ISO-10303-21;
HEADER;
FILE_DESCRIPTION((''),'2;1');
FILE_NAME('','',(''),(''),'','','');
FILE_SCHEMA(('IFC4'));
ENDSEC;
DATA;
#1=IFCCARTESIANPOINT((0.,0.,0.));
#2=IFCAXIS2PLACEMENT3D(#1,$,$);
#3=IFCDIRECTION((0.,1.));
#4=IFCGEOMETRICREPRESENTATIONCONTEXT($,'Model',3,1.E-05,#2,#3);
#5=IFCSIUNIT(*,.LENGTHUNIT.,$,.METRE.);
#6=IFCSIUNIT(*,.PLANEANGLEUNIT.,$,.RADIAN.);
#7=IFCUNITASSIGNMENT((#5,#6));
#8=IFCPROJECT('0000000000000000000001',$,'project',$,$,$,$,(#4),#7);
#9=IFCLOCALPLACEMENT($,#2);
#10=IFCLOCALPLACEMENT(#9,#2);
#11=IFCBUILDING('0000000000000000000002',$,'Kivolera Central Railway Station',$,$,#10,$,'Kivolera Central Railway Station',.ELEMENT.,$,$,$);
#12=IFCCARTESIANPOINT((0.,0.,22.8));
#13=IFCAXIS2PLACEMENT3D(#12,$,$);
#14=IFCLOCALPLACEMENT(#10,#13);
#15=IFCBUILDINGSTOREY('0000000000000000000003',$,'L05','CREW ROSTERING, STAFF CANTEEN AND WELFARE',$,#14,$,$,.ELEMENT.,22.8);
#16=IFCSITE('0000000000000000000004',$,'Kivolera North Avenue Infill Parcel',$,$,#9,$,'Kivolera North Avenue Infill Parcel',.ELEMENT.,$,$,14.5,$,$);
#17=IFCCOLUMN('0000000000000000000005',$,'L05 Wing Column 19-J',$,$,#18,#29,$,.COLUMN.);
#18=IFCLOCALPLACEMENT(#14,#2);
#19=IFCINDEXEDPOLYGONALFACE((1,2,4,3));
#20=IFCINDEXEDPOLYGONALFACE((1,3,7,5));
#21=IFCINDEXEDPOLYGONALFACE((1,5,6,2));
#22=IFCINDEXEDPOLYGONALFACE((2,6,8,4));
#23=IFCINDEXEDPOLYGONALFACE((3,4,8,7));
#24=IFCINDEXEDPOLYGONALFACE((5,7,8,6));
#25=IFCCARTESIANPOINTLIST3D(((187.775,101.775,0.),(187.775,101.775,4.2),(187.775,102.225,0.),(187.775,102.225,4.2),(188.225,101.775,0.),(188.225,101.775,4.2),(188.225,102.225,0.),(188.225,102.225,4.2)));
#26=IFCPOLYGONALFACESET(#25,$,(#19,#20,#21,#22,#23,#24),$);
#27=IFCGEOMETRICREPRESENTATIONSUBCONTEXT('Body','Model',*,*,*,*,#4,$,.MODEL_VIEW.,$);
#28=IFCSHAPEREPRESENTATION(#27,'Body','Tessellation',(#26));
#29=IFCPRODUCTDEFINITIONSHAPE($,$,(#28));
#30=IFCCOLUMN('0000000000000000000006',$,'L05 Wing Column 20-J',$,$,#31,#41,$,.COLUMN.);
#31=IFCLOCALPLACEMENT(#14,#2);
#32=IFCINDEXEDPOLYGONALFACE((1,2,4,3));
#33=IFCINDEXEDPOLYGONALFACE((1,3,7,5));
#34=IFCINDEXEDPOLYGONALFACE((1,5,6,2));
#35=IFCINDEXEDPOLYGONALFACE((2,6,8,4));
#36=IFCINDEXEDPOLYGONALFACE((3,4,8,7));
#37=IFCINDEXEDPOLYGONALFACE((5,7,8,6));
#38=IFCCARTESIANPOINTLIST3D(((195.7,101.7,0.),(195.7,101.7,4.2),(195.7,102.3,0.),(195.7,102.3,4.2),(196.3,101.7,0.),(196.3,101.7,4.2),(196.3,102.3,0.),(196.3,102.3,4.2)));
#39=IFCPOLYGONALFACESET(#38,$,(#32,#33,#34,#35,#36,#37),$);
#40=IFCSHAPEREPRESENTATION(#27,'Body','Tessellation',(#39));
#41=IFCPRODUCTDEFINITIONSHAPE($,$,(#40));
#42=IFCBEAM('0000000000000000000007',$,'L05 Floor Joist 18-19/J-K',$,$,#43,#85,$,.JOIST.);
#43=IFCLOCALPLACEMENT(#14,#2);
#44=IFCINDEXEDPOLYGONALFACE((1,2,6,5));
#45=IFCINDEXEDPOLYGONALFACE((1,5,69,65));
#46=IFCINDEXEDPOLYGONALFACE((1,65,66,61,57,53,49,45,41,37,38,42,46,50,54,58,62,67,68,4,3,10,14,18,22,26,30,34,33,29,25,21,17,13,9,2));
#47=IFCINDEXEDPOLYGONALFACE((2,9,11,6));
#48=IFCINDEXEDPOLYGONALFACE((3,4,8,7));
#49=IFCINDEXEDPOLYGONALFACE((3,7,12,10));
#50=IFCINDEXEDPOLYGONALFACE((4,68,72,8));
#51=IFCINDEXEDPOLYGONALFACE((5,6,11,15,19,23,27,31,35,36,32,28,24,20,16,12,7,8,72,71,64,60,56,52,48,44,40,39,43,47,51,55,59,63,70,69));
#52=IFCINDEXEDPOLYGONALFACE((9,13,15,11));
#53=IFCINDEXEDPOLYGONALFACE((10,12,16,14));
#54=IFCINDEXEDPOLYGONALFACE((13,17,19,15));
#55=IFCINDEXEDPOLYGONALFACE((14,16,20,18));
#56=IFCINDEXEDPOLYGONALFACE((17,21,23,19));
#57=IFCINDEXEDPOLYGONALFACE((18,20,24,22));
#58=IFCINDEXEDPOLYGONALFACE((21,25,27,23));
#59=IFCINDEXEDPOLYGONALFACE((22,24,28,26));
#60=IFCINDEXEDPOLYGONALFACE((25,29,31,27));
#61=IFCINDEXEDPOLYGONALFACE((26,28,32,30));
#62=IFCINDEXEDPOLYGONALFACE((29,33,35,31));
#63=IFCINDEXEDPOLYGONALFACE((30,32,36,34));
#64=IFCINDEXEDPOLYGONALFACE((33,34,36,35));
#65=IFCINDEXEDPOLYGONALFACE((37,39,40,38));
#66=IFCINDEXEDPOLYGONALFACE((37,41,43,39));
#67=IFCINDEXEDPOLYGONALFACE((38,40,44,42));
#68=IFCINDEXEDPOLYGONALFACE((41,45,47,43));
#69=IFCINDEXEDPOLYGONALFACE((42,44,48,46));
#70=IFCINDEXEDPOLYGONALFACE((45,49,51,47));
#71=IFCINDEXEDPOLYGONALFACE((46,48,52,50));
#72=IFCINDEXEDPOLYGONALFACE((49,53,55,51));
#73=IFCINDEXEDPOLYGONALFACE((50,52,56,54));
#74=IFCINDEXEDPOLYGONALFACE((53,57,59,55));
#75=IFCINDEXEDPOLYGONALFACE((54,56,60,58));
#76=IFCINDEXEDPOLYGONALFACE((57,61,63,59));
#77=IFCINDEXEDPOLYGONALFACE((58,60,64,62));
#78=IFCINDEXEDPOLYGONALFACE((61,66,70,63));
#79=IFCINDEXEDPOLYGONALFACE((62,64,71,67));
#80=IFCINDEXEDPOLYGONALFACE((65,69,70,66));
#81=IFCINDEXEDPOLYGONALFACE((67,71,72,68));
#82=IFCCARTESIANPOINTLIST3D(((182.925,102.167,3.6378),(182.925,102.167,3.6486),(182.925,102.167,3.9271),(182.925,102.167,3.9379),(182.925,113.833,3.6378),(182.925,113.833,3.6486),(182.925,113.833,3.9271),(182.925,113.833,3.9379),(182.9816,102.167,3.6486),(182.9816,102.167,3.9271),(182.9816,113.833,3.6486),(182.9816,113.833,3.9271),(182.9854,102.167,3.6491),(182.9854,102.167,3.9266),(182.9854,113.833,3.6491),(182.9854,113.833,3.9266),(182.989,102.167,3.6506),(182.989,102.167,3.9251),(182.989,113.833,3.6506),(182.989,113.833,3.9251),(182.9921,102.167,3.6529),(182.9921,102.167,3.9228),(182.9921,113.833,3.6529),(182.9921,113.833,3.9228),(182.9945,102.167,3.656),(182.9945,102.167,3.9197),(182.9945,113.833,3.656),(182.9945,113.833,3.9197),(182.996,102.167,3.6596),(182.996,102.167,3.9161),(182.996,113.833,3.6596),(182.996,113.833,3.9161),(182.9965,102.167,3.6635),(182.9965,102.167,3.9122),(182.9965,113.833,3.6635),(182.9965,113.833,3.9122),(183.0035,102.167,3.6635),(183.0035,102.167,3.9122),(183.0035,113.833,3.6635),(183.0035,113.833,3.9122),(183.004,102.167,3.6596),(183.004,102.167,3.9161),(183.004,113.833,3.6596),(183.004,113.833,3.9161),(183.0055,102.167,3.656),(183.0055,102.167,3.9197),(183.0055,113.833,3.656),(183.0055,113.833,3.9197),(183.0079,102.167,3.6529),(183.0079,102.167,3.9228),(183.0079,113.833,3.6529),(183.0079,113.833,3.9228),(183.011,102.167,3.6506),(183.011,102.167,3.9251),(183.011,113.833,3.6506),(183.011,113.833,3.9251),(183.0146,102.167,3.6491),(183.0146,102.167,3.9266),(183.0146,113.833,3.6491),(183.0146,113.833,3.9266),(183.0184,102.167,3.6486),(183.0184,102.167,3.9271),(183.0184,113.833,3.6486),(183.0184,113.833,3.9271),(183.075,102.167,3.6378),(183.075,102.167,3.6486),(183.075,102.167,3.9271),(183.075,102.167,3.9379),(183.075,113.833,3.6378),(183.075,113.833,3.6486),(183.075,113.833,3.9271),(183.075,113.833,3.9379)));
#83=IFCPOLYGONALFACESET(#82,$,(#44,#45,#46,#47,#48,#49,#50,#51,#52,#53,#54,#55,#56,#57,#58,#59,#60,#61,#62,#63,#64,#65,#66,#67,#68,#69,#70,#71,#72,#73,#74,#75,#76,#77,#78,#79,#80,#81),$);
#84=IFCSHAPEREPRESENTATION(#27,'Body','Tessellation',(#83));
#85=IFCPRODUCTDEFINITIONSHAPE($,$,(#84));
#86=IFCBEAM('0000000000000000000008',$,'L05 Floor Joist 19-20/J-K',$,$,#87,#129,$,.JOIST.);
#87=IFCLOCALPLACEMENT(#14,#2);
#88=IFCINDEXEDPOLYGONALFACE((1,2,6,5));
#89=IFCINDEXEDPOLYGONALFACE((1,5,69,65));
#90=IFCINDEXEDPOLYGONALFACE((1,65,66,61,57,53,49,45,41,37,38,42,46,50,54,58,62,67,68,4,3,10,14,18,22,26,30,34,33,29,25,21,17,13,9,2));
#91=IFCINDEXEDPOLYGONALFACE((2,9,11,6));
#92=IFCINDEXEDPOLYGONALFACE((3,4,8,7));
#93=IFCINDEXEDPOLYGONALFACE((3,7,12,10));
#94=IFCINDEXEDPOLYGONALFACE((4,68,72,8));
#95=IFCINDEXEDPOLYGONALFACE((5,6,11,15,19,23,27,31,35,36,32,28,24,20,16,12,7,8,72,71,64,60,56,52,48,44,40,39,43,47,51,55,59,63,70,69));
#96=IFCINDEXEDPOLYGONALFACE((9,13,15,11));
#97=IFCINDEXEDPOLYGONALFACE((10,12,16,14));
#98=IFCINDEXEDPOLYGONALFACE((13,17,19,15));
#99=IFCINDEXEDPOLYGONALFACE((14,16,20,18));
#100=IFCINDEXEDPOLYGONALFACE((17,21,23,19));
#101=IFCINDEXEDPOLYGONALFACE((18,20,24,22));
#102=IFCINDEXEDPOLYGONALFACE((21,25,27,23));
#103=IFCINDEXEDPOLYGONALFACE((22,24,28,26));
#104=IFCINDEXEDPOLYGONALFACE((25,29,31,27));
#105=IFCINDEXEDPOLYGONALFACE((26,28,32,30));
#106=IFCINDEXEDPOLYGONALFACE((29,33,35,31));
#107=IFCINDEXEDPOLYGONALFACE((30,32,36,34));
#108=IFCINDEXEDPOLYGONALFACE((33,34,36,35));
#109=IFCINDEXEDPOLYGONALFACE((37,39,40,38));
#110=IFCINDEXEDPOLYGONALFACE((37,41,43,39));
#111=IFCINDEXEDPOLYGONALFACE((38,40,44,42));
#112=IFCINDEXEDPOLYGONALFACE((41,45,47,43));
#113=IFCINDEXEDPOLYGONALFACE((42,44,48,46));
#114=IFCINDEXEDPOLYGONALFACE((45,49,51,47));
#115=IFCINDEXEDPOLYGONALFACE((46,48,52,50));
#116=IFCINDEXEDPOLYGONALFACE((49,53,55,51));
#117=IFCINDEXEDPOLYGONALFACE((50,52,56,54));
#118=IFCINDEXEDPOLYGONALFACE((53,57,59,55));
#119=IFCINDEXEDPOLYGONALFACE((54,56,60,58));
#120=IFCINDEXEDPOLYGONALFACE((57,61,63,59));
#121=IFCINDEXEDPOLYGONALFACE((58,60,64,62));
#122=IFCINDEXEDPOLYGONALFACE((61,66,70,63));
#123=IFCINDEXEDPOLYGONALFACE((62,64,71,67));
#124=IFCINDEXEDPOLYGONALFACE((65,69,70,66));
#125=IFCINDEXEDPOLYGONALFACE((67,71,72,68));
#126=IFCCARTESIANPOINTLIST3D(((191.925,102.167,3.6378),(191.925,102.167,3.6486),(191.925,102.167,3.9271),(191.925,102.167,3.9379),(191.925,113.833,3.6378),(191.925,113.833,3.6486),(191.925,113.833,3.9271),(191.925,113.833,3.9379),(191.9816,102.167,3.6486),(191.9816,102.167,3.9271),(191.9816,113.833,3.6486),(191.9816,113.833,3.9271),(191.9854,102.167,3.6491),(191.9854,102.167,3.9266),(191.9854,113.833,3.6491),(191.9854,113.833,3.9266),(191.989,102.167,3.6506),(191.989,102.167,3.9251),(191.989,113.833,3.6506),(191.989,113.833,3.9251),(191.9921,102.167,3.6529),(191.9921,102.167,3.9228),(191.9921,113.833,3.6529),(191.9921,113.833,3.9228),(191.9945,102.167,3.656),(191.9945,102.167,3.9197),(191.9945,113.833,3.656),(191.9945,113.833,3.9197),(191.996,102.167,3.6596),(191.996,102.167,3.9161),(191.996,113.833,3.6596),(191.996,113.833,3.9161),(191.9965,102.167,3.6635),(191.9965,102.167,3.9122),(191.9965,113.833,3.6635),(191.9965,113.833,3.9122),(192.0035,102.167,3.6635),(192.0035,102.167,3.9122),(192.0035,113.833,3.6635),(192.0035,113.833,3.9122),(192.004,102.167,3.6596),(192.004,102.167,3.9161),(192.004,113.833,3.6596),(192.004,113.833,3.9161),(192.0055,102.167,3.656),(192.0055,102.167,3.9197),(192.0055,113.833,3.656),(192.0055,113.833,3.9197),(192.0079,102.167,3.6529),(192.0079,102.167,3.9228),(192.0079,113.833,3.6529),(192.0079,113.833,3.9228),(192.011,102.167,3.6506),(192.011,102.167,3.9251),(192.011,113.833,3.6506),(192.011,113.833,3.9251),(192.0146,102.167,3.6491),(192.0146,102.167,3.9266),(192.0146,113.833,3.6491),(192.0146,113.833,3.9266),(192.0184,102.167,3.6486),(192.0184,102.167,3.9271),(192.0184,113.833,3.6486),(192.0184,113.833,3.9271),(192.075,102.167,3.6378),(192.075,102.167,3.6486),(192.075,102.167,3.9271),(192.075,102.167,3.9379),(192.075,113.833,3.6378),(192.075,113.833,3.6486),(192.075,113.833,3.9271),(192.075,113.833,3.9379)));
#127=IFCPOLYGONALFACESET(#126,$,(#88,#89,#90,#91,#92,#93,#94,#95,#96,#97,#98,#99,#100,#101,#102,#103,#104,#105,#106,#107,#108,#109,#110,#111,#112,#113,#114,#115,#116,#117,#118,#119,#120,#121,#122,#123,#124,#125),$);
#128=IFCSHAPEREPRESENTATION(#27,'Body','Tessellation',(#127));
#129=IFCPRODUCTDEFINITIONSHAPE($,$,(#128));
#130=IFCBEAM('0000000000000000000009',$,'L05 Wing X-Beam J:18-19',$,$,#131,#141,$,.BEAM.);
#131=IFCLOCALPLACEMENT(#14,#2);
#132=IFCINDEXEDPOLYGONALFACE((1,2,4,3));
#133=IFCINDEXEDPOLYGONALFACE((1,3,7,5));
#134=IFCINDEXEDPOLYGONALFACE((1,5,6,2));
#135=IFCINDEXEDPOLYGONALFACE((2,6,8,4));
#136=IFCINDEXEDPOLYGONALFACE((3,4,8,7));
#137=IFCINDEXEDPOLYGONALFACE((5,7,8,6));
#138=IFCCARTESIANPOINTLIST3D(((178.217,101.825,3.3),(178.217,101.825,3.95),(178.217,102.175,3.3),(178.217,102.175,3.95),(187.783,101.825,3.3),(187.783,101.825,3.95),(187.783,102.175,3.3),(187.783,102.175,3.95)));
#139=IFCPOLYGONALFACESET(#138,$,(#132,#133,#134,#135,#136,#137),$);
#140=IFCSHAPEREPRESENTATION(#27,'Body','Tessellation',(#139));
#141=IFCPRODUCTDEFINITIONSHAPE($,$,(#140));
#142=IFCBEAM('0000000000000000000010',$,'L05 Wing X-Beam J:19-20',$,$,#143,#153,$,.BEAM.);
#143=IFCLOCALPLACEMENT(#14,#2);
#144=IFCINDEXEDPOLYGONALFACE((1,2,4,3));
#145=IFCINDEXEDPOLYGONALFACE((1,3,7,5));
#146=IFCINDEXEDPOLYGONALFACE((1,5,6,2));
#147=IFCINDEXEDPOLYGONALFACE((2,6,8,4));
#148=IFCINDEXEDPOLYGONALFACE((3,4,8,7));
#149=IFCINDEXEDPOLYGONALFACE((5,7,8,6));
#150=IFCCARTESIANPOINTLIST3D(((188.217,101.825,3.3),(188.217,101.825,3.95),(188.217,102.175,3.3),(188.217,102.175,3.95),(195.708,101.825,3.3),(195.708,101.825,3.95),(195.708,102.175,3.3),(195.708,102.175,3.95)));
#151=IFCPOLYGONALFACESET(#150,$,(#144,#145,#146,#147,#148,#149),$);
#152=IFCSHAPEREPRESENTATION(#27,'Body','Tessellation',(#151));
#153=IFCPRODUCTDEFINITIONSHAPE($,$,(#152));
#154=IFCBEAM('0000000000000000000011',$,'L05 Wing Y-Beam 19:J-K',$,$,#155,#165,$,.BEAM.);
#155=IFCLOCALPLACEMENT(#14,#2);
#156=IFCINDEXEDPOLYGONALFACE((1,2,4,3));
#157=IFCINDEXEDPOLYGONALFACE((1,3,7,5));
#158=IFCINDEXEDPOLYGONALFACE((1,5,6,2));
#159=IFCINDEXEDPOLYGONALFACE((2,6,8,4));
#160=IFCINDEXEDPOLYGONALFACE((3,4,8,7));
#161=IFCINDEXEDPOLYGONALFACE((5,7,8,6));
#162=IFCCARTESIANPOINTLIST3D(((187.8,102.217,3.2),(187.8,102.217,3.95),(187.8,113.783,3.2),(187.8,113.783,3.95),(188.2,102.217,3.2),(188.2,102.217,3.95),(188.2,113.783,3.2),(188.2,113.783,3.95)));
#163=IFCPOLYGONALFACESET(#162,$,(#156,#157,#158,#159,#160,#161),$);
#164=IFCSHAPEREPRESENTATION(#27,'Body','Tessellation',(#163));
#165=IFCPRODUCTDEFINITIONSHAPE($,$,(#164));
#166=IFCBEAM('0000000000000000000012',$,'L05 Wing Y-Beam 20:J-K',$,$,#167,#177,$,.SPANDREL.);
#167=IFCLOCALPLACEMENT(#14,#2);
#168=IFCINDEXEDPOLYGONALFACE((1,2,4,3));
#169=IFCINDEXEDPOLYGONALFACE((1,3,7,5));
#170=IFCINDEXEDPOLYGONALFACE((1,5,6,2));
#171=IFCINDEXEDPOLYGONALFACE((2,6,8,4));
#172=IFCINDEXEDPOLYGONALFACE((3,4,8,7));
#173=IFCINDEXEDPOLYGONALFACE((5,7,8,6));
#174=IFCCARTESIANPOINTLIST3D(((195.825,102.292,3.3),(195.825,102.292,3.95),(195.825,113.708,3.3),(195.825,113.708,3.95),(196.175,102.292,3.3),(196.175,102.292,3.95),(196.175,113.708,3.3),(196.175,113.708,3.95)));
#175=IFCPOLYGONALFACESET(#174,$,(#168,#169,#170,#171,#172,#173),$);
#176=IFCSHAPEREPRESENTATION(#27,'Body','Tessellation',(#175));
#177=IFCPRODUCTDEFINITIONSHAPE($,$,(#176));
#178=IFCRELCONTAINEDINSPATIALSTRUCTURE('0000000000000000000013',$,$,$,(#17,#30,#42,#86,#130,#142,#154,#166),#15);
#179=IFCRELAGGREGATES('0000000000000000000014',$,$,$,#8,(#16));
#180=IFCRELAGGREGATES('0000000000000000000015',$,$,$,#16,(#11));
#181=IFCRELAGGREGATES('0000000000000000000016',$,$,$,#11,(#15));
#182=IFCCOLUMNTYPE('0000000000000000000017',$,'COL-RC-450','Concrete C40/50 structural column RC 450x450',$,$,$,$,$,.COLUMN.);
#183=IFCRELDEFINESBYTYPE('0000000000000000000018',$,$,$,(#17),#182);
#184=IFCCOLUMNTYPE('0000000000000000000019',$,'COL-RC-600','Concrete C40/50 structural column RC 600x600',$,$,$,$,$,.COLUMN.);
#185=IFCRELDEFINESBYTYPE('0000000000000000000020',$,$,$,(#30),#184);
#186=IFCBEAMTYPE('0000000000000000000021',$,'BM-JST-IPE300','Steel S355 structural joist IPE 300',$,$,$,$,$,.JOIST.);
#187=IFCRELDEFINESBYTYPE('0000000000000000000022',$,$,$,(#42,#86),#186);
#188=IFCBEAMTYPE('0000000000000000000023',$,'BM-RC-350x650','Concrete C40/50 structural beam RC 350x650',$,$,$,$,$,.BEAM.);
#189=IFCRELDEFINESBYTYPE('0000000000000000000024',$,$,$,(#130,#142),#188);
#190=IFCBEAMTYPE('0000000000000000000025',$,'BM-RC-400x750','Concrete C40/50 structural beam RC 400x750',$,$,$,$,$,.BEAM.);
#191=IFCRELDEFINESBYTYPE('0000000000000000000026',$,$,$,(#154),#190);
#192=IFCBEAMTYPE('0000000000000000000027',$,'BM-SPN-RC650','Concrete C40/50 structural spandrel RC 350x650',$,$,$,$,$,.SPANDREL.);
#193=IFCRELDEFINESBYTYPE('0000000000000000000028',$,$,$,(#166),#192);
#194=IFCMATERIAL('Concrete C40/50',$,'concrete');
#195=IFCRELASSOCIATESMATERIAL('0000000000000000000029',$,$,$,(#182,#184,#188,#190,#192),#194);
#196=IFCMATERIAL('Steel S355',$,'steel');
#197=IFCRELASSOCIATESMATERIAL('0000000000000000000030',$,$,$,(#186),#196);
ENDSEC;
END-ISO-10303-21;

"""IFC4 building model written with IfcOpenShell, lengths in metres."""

from ifc_helpers import new_model, si_unit, direction, frame, origin, origin_2d, place, context, subcontext, project, spatial, rectangle, i_section, extrude, material, material_profile, profile_set, type_object, element, save


model = new_model("IFC4")

# Units and contexts
model_context = context("Model", 3, precision=1e-05, world=origin(), true_north=direction((0.0, 1.0)))
body_context = subcontext(model_context, "Body", "Model", "MODEL_VIEW")
ifc_project = project(units=[si_unit("LENGTHUNIT", "METRE"), si_unit("PLANEANGLEUNIT", "RADIAN")], contexts=[model_context])

# Site, building, storey
site_placement = place(None, origin())
site = spatial("IfcSite", under=ifc_project, at=site_placement, Name="Kivolera North Avenue Infill Parcel", LongName="Kivolera North Avenue Infill Parcel", CompositionType="ELEMENT", RefElevation=14.5)
building_placement = place(site_placement, origin())
building = spatial("IfcBuilding", under=site, at=building_placement, Name="Kivolera Central Railway Station", LongName="Kivolera Central Railway Station", CompositionType="ELEMENT")
storey_placement = place(building_placement, frame((0.0, 0.0, 22.8)))
storey = spatial("IfcBuildingStorey", under=building, at=storey_placement, Name="L05", Description="CREW ROSTERING, STAFF CANTEEN AND WELFARE", CompositionType="ELEMENT", Elevation=22.8)

# Columns
ifc_material_1 = material(Name="Concrete C40/50", Category="concrete")
ifc_material_profile_1 = material_profile(ifc_material_1, rectangle(XDim=0.45, YDim=0.45, at=origin_2d()), Name="RC 450x450")
ifc_profile_set_1 = profile_set([ifc_material_profile_1], Name="Concrete C40/50")
column_type_1 = type_object("IfcColumnType", Name="COL-RC-450", Description="Concrete C40/50 structural column RC 450x450", PredefinedType="COLUMN", material=ifc_profile_set_1)
column_1_placement = place(storey_placement, frame((188.0, 102.0, 0.0), z_axis=(0.0, 0.0, 1.0), x_axis=(1.0, 0.0, 0.0)))
element("IfcColumn", 1, at=column_1_placement, inside=storey, type_object=column_type_1, Name="L05 Wing Column 19-J", PredefinedType="COLUMN", context=body_context, shape_type="SweptSolid", body=[
    extrude(rectangle(XDim=0.45, YDim=0.45, at=origin_2d()), origin(), (0.0, 0.0, 1.0), 4.2),
])
ifc_material_profile_2 = material_profile(ifc_material_1, rectangle(XDim=0.6001, YDim=0.6001, at=origin_2d()), Name="RC 600x600")
ifc_profile_set_2 = profile_set([ifc_material_profile_2], Name="Concrete C40/50")
column_type_2 = type_object("IfcColumnType", Name="COL-RC-600", Description="Concrete C40/50 structural column RC 600x600", PredefinedType="COLUMN", material=ifc_profile_set_2)
column_2_placement = place(storey_placement, frame((196.0, 102.0, 0.0), z_axis=(0.0, 0.0, 1.0), x_axis=(1.0, 0.0, 0.0)))
element("IfcColumn", 2, at=column_2_placement, inside=storey, type_object=column_type_2, Name="L05 Wing Column 20-J", PredefinedType="COLUMN", context=body_context, shape_type="SweptSolid", body=[
    extrude(rectangle(XDim=0.6001, YDim=0.6001, at=origin_2d()), origin(), (0.0, 0.0, 1.0), 4.2),
])

# Beams
ifc_material_2 = material(Name="Steel S355", Category="steel")
ifc_material_profile_3 = material_profile(ifc_material_2, i_section(OverallWidth=0.1499, OverallDepth=0.3, WebThickness=0.0071, FlangeThickness=0.0107, FilletRadius=0.0149, at=origin_2d()), Name="IPE 300")
ifc_profile_set_3 = profile_set([ifc_material_profile_3], Name="Steel S355")
beam_type_1 = type_object("IfcBeamType", Name="BM-JST-IPE300", Description="Steel S355 structural joist IPE 300", PredefinedType="JOIST", material=ifc_profile_set_3)
for number, where, z_axis, x_axis, name in (
    (3, (183.0, 102.167, 3.7878), (0.0, 1.0, 0.0), (-1.0, 0.0, 0.0), "L05 Floor Joist 18-19/J-K"),
    (4, (192.0, 102.167, 3.7878), (0.0, 1.0, 0.0), (-1.0, 0.0, 0.0), "L05 Floor Joist 19-20/J-K"),
):
    element("IfcBeam", number, at=place(storey_placement, frame(where, z_axis=z_axis, x_axis=x_axis)), inside=storey, type_object=beam_type_1, Name=name, PredefinedType="JOIST", context=body_context, shape_type="SweptSolid", body=[
        extrude(i_section(OverallWidth=0.1499, OverallDepth=0.3, WebThickness=0.0071, FlangeThickness=0.0107, FilletRadius=0.0149, at=origin_2d()), origin(), (0.0, 0.0, 1.0), 11.666),
    ])
ifc_material_profile_4 = material_profile(ifc_material_1, rectangle(XDim=0.3501, YDim=0.6499, at=origin_2d()), Name="RC 350x650")
ifc_profile_set_4 = profile_set([ifc_material_profile_4], Name="Concrete C40/50")
beam_type_2 = type_object("IfcBeamType", Name="BM-RC-350x650", Description="Concrete C40/50 structural beam RC 350x650", PredefinedType="BEAM", material=ifc_profile_set_4)
beam_1_placement = place(storey_placement, frame((178.217, 102.0, 3.625), z_axis=(1.0, 0.0, 0.0), x_axis=(0.0, 1.0, 0.0)))
element("IfcBeam", 5, at=beam_1_placement, inside=storey, type_object=beam_type_2, Name="L05 Wing X-Beam J:18-19", PredefinedType="BEAM", context=body_context, shape_type="SweptSolid", body=[
    extrude(rectangle(XDim=0.3501, YDim=0.6499, at=origin_2d()), origin(), (0.0, 0.0, 1.0), 9.5659),
])
beam_2_placement = place(storey_placement, frame((188.217, 102.0, 3.625), z_axis=(1.0, 0.0, 0.0), x_axis=(0.0, 1.0, 0.0)))
element("IfcBeam", 6, at=beam_2_placement, inside=storey, type_object=beam_type_2, Name="L05 Wing X-Beam J:19-20", PredefinedType="BEAM", context=body_context, shape_type="SweptSolid", body=[
    extrude(rectangle(XDim=0.3501, YDim=0.6499, at=origin_2d()), origin(), (0.0, 0.0, 1.0), 7.491),
])
ifc_material_profile_5 = material_profile(ifc_material_1, rectangle(XDim=0.3999, YDim=0.75, at=origin_2d()), Name="RC 400x750")
ifc_profile_set_5 = profile_set([ifc_material_profile_5], Name="Concrete C40/50")
beam_type_3 = type_object("IfcBeamType", Name="BM-RC-400x750", Description="Concrete C40/50 structural beam RC 400x750", PredefinedType="BEAM", material=ifc_profile_set_5)
beam_3_placement = place(storey_placement, frame((188.0, 102.217, 3.575), z_axis=(0.0, 1.0, 0.0), x_axis=(-1.0, 0.0, 0.0)))
element("IfcBeam", 7, at=beam_3_placement, inside=storey, type_object=beam_type_3, Name="L05 Wing Y-Beam 19:J-K", PredefinedType="BEAM", context=body_context, shape_type="SweptSolid", body=[
    extrude(rectangle(XDim=0.3999, YDim=0.75, at=origin_2d()), origin(), (0.0, 0.0, 1.0), 11.5659),
])
ifc_material_profile_6 = material_profile(ifc_material_1, rectangle(XDim=0.3501, YDim=0.6499, at=origin_2d()), Name="RC 350x650")
ifc_profile_set_6 = profile_set([ifc_material_profile_6], Name="Concrete C40/50")
beam_type_4 = type_object("IfcBeamType", Name="BM-SPN-RC650", Description="Concrete C40/50 structural spandrel RC 350x650", PredefinedType="SPANDREL", material=ifc_profile_set_6)
beam_4_placement = place(storey_placement, frame((196.0, 102.292, 3.625), z_axis=(0.0, 1.0, 0.0), x_axis=(-1.0, 0.0, 0.0)))
element("IfcBeam", 8, at=beam_4_placement, inside=storey, type_object=beam_type_4, Name="L05 Wing Y-Beam 20:J-K", PredefinedType="SPANDREL", context=body_context, shape_type="SweptSolid", body=[
    extrude(rectangle(XDim=0.3501, YDim=0.6499, at=origin_2d()), origin(), (0.0, 0.0, 1.0), 11.416),
])

save(model, "model.ifc")
